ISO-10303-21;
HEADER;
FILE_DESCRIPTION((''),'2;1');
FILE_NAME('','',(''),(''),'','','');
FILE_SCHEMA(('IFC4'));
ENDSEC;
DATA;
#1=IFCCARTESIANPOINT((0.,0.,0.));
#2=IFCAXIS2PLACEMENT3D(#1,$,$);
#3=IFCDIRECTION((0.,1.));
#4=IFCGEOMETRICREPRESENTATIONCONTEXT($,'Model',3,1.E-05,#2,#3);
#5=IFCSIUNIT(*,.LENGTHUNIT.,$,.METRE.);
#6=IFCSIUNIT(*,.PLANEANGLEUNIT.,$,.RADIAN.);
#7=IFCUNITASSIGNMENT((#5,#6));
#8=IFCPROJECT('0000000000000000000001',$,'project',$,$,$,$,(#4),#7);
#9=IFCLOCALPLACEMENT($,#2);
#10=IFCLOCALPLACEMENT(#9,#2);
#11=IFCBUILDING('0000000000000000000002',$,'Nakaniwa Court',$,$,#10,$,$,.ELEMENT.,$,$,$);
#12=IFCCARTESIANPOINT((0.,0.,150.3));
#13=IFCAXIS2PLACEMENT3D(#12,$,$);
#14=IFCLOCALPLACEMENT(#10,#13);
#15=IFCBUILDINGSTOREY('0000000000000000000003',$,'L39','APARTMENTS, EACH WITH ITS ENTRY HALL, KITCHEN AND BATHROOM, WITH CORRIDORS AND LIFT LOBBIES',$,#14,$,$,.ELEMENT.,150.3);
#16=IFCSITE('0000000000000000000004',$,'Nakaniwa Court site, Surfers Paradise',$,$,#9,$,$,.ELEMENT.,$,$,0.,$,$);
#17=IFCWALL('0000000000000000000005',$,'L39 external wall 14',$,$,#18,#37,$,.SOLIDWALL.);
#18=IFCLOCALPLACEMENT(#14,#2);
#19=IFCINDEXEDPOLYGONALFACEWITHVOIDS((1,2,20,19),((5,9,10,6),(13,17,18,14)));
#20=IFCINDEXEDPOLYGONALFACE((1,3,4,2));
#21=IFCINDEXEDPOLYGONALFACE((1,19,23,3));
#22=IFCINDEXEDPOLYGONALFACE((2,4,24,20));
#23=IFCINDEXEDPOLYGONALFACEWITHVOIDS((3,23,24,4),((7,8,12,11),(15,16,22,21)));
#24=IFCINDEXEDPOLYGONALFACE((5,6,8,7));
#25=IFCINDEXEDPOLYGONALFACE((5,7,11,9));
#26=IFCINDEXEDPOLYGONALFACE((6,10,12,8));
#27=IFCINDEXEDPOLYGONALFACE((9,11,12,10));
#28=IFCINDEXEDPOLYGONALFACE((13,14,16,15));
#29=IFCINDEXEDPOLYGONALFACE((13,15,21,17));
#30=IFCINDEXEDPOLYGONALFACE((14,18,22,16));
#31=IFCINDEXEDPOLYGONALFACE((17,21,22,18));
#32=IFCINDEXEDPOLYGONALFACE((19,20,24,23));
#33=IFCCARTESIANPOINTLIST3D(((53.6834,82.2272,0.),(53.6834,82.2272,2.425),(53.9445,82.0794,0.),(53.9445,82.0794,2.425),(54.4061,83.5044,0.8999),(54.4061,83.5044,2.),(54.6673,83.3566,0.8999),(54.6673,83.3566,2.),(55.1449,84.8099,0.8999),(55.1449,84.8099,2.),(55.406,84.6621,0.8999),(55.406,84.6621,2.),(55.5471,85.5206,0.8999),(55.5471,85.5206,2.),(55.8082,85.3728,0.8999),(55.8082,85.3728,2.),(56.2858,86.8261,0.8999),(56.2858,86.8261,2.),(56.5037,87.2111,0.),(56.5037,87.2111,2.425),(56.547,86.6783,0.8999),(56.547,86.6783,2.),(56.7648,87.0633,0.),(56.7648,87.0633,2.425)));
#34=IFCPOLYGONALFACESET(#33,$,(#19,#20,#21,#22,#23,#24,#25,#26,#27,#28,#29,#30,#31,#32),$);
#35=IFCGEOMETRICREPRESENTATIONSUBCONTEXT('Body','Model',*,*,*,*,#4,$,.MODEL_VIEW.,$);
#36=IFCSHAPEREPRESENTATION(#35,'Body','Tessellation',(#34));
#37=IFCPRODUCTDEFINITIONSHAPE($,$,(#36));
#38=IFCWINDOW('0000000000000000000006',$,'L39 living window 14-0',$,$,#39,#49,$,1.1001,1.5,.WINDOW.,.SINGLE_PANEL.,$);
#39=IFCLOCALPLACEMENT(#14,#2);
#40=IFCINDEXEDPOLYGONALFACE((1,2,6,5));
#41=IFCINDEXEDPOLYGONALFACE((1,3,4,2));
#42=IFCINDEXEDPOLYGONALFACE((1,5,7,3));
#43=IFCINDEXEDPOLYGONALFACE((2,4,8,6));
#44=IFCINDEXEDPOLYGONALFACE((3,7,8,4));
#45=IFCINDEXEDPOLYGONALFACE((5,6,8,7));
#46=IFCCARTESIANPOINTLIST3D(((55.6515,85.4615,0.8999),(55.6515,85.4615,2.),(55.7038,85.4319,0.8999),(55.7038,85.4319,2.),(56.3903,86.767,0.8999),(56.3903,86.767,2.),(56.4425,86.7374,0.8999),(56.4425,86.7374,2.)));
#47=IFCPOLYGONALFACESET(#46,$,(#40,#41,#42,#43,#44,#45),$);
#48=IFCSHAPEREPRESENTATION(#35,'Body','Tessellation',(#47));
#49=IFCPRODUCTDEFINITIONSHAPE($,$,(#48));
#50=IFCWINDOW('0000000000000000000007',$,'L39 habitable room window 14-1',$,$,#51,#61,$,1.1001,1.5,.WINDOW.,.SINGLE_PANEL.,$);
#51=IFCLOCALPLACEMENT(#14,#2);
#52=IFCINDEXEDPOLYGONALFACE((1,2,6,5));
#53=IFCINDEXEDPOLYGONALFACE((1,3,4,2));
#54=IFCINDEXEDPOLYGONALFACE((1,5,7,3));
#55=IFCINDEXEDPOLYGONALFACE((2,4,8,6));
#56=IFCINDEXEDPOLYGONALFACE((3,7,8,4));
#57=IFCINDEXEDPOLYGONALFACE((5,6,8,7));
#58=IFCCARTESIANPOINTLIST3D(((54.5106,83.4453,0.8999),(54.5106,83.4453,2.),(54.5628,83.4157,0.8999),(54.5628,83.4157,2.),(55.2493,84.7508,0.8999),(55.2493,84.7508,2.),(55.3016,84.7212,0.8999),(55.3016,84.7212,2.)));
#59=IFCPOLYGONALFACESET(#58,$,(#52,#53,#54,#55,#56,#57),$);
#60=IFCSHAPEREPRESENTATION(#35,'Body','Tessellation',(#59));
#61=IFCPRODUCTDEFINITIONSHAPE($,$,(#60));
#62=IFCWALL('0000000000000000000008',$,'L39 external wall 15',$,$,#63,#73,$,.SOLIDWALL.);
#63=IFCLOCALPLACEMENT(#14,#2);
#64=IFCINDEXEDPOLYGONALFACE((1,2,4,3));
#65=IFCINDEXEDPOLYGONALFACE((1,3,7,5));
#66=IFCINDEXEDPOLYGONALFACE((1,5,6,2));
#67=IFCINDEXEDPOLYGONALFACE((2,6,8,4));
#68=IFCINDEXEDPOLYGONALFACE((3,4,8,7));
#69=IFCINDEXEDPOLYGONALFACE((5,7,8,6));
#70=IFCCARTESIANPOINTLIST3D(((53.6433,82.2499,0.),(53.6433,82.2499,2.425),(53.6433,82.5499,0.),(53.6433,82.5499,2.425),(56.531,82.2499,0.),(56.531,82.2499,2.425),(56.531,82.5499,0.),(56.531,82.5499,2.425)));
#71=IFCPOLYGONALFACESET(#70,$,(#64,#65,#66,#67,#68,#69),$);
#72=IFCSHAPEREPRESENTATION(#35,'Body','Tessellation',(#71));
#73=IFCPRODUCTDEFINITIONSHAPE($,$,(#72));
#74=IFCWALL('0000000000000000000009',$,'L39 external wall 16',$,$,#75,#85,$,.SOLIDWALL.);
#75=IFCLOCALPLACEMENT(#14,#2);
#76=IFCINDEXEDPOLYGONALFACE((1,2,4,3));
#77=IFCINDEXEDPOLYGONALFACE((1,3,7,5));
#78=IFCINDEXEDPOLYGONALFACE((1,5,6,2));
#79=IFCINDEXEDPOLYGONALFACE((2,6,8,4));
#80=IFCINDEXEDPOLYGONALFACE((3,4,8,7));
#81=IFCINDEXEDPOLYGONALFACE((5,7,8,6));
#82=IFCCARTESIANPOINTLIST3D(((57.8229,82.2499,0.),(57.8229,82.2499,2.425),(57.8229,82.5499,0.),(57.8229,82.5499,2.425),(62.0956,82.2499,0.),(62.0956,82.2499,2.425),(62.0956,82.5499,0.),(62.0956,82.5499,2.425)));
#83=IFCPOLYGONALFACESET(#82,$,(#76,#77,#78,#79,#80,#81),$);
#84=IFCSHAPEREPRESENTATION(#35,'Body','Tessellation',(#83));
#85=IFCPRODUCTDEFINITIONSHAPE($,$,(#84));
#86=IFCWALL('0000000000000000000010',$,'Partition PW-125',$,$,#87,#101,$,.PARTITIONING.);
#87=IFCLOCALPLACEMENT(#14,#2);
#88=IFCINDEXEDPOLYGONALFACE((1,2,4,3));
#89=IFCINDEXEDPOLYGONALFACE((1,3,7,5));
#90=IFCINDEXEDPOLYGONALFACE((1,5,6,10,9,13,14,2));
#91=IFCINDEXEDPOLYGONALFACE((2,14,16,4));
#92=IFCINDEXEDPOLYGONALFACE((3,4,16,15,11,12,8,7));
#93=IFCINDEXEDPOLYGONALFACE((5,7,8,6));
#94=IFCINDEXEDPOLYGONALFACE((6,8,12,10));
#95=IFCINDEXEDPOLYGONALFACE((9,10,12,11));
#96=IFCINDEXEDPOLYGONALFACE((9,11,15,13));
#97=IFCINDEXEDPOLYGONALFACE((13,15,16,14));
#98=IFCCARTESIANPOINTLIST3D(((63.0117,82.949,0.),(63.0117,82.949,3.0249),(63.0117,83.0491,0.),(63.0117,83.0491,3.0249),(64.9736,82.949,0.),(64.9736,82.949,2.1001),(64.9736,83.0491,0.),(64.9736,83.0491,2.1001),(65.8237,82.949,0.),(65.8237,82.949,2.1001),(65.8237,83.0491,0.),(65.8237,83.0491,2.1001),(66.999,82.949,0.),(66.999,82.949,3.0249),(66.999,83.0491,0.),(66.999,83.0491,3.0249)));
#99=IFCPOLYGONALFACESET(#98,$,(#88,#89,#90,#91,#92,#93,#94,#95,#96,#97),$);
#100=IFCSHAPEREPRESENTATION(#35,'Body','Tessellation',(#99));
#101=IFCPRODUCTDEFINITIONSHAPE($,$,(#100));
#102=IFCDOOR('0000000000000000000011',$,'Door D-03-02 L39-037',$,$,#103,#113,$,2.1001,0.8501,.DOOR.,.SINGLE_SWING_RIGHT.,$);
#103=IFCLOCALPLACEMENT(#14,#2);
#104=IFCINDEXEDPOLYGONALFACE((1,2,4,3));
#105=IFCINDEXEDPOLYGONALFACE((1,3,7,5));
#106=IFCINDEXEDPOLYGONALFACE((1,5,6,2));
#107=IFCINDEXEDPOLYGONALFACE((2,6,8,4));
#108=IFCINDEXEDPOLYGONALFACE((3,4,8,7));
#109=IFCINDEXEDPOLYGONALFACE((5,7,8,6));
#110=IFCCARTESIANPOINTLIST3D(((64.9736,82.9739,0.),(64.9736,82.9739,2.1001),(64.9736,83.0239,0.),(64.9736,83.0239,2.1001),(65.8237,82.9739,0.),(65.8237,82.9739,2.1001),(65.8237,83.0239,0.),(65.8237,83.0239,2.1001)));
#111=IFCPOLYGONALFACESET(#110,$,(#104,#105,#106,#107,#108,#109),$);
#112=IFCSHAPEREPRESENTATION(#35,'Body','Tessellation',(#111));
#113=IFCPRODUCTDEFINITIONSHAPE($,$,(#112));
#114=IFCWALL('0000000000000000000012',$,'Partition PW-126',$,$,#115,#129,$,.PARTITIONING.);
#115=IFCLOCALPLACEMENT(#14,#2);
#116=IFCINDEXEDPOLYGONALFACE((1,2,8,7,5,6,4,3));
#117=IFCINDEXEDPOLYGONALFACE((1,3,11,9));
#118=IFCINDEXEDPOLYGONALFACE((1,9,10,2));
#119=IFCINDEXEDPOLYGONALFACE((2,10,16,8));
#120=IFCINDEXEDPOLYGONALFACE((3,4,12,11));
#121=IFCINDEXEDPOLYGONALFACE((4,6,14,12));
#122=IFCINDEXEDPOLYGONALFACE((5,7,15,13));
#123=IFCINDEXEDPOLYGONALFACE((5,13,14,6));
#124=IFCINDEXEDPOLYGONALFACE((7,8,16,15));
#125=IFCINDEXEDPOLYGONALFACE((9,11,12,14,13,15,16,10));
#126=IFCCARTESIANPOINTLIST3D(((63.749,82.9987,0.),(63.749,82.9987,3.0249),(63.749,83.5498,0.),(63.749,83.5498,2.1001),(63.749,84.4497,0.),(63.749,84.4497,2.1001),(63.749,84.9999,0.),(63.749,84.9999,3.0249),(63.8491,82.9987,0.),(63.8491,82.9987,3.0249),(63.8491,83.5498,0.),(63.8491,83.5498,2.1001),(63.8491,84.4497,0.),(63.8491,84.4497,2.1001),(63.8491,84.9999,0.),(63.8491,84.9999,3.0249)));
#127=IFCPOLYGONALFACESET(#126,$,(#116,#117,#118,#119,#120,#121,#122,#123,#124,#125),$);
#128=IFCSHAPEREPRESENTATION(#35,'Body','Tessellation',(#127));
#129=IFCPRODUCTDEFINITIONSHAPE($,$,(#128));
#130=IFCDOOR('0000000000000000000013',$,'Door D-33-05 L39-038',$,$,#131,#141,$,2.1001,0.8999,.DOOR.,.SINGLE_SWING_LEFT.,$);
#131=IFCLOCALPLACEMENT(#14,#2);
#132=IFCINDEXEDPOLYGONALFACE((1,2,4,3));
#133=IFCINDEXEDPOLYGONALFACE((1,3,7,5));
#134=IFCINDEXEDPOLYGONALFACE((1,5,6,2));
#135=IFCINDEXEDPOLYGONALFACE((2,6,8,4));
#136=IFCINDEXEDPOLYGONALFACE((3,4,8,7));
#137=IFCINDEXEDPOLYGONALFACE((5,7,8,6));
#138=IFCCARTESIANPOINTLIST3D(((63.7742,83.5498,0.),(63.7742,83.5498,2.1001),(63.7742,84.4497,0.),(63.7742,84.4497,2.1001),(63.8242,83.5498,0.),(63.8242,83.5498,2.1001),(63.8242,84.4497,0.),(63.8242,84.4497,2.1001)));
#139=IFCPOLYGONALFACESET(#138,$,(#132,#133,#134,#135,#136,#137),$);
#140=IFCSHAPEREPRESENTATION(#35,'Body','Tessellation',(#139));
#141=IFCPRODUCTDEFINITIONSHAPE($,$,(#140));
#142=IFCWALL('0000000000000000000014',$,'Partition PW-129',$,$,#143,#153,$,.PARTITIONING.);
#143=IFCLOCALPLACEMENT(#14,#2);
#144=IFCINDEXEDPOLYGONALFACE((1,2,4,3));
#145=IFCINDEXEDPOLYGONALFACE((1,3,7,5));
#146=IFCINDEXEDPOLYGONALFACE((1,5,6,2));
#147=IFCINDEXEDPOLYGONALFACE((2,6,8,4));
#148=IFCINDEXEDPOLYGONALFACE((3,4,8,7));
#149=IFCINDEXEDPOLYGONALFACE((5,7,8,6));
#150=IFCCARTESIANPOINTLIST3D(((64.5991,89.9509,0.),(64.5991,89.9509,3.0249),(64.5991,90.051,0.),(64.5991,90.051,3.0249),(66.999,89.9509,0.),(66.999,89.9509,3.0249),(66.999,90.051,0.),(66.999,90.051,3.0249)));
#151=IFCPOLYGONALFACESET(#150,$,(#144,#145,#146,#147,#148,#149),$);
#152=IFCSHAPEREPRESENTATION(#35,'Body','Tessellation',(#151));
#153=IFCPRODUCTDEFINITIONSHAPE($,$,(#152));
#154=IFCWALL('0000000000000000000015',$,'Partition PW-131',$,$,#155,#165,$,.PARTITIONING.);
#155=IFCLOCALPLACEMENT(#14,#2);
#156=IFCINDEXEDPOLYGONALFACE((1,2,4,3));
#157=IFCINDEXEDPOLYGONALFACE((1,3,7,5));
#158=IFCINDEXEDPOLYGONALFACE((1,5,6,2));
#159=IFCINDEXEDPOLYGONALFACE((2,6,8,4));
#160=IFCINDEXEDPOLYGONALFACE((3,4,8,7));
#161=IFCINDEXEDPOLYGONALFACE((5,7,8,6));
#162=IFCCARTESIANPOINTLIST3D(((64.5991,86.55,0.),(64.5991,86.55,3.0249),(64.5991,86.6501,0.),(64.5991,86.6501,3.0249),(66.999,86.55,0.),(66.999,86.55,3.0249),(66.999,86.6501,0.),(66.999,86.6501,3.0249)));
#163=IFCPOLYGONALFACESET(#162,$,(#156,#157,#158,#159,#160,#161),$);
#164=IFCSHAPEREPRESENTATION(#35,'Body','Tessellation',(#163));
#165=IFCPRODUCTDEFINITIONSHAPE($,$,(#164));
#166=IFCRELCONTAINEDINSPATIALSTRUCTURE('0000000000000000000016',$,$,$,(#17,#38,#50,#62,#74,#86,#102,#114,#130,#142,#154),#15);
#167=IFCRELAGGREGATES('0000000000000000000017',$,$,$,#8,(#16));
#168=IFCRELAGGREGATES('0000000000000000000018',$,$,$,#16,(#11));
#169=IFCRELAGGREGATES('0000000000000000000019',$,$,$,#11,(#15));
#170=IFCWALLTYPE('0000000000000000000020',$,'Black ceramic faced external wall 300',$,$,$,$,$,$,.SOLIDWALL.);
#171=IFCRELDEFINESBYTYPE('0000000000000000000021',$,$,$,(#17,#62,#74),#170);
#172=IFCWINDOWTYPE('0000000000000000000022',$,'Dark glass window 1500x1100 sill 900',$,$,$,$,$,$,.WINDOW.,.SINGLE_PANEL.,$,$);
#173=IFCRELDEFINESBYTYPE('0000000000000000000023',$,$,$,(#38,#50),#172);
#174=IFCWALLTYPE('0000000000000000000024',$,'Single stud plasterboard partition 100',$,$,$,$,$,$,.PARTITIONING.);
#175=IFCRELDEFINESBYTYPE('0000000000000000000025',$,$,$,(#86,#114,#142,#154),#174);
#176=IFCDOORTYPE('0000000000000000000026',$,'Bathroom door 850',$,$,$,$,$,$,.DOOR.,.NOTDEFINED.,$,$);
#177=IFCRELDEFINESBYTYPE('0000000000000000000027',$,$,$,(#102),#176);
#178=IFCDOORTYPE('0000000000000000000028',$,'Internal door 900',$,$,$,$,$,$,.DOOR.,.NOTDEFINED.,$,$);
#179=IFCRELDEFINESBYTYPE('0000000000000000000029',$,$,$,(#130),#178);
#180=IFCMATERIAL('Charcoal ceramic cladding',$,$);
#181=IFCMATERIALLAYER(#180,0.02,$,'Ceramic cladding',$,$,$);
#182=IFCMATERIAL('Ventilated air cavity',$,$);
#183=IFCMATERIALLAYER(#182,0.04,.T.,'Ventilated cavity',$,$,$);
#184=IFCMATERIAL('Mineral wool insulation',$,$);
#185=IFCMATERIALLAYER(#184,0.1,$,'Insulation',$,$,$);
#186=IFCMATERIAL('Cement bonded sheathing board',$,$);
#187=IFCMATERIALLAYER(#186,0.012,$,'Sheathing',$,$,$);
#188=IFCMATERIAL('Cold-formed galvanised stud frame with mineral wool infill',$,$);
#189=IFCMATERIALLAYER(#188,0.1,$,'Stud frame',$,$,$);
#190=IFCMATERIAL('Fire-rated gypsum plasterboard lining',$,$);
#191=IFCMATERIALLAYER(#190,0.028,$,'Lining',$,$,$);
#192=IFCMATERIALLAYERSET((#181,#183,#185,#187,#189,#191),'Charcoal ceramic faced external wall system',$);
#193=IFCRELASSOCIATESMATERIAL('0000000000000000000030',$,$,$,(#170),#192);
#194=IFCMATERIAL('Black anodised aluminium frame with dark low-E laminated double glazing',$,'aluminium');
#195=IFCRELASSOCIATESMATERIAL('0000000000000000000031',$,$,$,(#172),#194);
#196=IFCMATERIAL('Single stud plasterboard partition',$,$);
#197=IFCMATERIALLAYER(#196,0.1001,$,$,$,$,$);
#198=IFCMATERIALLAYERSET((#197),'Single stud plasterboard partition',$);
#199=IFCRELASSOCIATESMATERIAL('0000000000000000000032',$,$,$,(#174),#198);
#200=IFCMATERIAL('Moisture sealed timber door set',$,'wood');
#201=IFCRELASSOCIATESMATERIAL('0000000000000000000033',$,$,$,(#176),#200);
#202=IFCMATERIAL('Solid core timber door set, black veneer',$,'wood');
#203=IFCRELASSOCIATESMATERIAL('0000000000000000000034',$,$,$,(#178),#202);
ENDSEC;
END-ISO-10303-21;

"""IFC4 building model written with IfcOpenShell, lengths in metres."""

from ifc_helpers import new_model, si_unit, direction, frame, frame_2d, origin, place, context, subcontext, project, spatial, rectangle, extrude, material, layer, layer_set, type_object, element, fill, save


model = new_model("IFC4")

# Units and contexts
model_context = context("Model", 3, precision=1e-05, world=origin(), true_north=direction((0.0, 1.0)))
body_context = subcontext(model_context, "Body", "Model", "MODEL_VIEW")
ifc_project = project(units=[si_unit("LENGTHUNIT", "METRE"), si_unit("PLANEANGLEUNIT", "RADIAN")], contexts=[model_context])

# Site, building, storey
site_placement = place(None, origin())
site = spatial("IfcSite", under=ifc_project, at=site_placement, Name="Nakaniwa Court site, Surfers Paradise", CompositionType="ELEMENT", RefElevation=0.0)
building_placement = place(site_placement, origin())
building = spatial("IfcBuilding", under=site, at=building_placement, Name="Nakaniwa Court", CompositionType="ELEMENT")
storey_placement = place(building_placement, frame((0.0, 0.0, 150.3)))
storey = spatial("IfcBuildingStorey", under=building, at=storey_placement, Name="L39", Description="APARTMENTS, EACH WITH ITS ENTRY HALL, KITCHEN AND BATHROOM, WITH CORRIDORS AND LIFT LOBBIES", CompositionType="ELEMENT", Elevation=150.3)

# Shared definitions
ifc_material_1 = material(Name="Solid core timber door set, black veneer", Category="wood")

# Shared definitions
ifc_material_2 = material(Name="Charcoal ceramic cladding")
ifc_layer_1 = layer(ifc_material_2, 0.02, Name="Ceramic cladding")
ifc_material_3 = material(Name="Ventilated air cavity")
ifc_layer_2 = layer(ifc_material_3, 0.04, ventilated=True, Name="Ventilated cavity")
ifc_material_4 = material(Name="Mineral wool insulation")
ifc_layer_3 = layer(ifc_material_4, 0.1, Name="Insulation")
ifc_material_5 = material(Name="Cement bonded sheathing board")
ifc_layer_4 = layer(ifc_material_5, 0.012, Name="Sheathing")
ifc_material_6 = material(Name="Cold-formed galvanised stud frame with mineral wool infill")
ifc_layer_5 = layer(ifc_material_6, 0.1, Name="Stud frame")
ifc_material_7 = material(Name="Fire-rated gypsum plasterboard lining")
ifc_layer_6 = layer(ifc_material_7, 0.028, Name="Lining")
ifc_layer_set_1 = layer_set([ifc_layer_1, ifc_layer_2, ifc_layer_3, ifc_layer_4, ifc_layer_5, ifc_layer_6], Name="Charcoal ceramic faced external wall system")
wall_type_1 = type_object("IfcWallType", Name="Black ceramic faced external wall 300", PredefinedType="SOLIDWALL", material=ifc_layer_set_1)

# Wall, openings, windows
wall_1_placement = place(storey_placement, frame((56.6343, 87.1372, 0.0), z_axis=(0.0, 0.0, 1.0), x_axis=(-0.492498, -0.870313, 0.0)))
wall_1 = element("IfcWall", 1, at=wall_1_placement, inside=storey, type_object=wall_type_1, Name="L39 external wall 14", PredefinedType="SOLIDWALL", context=body_context, shape_type="SweptSolid", body=[
    extrude(rectangle(XDim=5.7266, YDim=0.3, at=frame_2d((2.8633, 0.0))), origin(), (0.0, 0.0, 1.0), 2.425),
])
opening_1_placement = place(wall_1_placement, frame((0.4424, 0.0, 0.8999)))
opening_1 = element("IfcOpeningElement", 2, at=opening_1_placement, cuts=wall_1, PredefinedType="OPENING", context=body_context, shape_type="SweptSolid", body=[
    extrude(rectangle(XDim=1.5, YDim=1.1001, at=frame_2d((0.75, 0.55))), frame((0.0, 0.1599, 0.0), z_axis=(0.0, -1.0, 0.0), x_axis=(1.0, 0.0, 0.0)), (0.0, 0.0, 1.0), 0.3201),
])
opening_2_placement = place(wall_1_placement, frame((2.759, 0.0, 0.8999)))
opening_2 = element("IfcOpeningElement", 3, at=opening_2_placement, cuts=wall_1, PredefinedType="OPENING", context=body_context, shape_type="SweptSolid", body=[
    extrude(rectangle(XDim=1.5, YDim=1.1001, at=frame_2d((0.75, 0.55))), frame((0.0, 0.1599, 0.0), z_axis=(0.0, -1.0, 0.0), x_axis=(1.0, 0.0, 0.0)), (0.0, 0.0, 1.0), 0.3201),
])
ifc_material_8 = material(Name="Black anodised aluminium frame with dark low-E laminated double glazing", Category="aluminium")
window_type = type_object("IfcWindowType", Name="Dark glass window 1500x1100 sill 900", PartitioningType="SINGLE_PANEL", PredefinedType="WINDOW", material=ifc_material_8)
window_1_placement = place(opening_1_placement, origin())
window_1 = element("IfcWindow", 4, at=window_1_placement, inside=storey, type_object=window_type, Name="L39 living window 14-0", OverallHeight=1.1001, OverallWidth=1.5, PartitioningType="SINGLE_PANEL", PredefinedType="WINDOW", context=body_context, shape_type="SweptSolid", body=[
    extrude(rectangle(XDim=1.5, YDim=1.1001, at=frame_2d((0.75, 0.55))), frame((0.0, 0.03, 0.0), z_axis=(0.0, -1.0, 0.0), x_axis=(1.0, 0.0, 0.0)), (0.0, 0.0, 1.0), 0.0601),
])
fill(opening_1, window_1)
window_2_placement = place(opening_2_placement, origin())
window_2 = element("IfcWindow", 5, at=window_2_placement, inside=storey, type_object=window_type, Name="L39 habitable room window 14-1", OverallHeight=1.1001, OverallWidth=1.5, PartitioningType="SINGLE_PANEL", PredefinedType="WINDOW", context=body_context, shape_type="SweptSolid", body=[
    extrude(rectangle(XDim=1.5, YDim=1.1001, at=frame_2d((0.75, 0.55))), frame((0.0, 0.03, 0.0), z_axis=(0.0, -1.0, 0.0), x_axis=(1.0, 0.0, 0.0)), (0.0, 0.0, 1.0), 0.0601),
])
fill(opening_2, window_2)

# Walls
wall_2_placement = place(storey_placement, frame((53.6433, 82.3999, 0.0), z_axis=(0.0, 0.0, 1.0), x_axis=(1.0, 0.0, 0.0)))
element("IfcWall", 6, at=wall_2_placement, inside=storey, type_object=wall_type_1, Name="L39 external wall 15", PredefinedType="SOLIDWALL", context=body_context, shape_type="SweptSolid", body=[
    extrude(rectangle(XDim=2.8877, YDim=0.3, at=frame_2d((1.4438, 0.0))), origin(), (0.0, 0.0, 1.0), 2.425),
])
wall_3_placement = place(storey_placement, frame((57.823, 82.3999, 0.0), z_axis=(0.0, 0.0, 1.0), x_axis=(1.0, 0.0, 0.0)))
element("IfcWall", 7, at=wall_3_placement, inside=storey, type_object=wall_type_1, Name="L39 external wall 16", PredefinedType="SOLIDWALL", context=body_context, shape_type="SweptSolid", body=[
    extrude(rectangle(XDim=4.2727, YDim=0.3, at=frame_2d((2.1362, 0.0))), origin(), (0.0, 0.0, 1.0), 2.425),
])

# Walls, openings, doors
ifc_material_9 = material(Name="Single stud plasterboard partition")
ifc_layer_7 = layer(ifc_material_9, 0.1001)
ifc_layer_set_2 = layer_set([ifc_layer_7], Name="Single stud plasterboard partition")
wall_type_2 = type_object("IfcWallType", Name="Single stud plasterboard partition 100", PredefinedType="PARTITIONING", material=ifc_layer_set_2)
wall_4_placement = place(storey_placement, frame((63.0117, 82.999, 0.0), z_axis=(0.0, 0.0, 1.0), x_axis=(1.0, 0.0, 0.0)))
wall_4 = element("IfcWall", 8, at=wall_4_placement, inside=storey, type_object=wall_type_2, Name="Partition PW-125", PredefinedType="PARTITIONING", context=body_context, shape_type="SweptSolid", body=[
    extrude(rectangle(XDim=3.9873, YDim=0.1001, at=frame_2d((1.9937, 0.0))), origin(), (0.0, 0.0, 1.0), 3.0249),
])
opening_3_placement = place(wall_4_placement, frame((1.9619, 0.0, 0.0)))
opening_3 = element("IfcOpeningElement", 9, at=opening_3_placement, cuts=wall_4, PredefinedType="OPENING", context=body_context, shape_type="SweptSolid", body=[
    extrude(rectangle(XDim=0.8501, YDim=2.1001, at=frame_2d((0.425, 1.05))), frame((0.0, 0.0601, 0.0), z_axis=(0.0, -1.0, 0.0), x_axis=(1.0, 0.0, 0.0)), (0.0, 0.0, 1.0), 0.1201),
])
ifc_material_10 = material(Name="Moisture sealed timber door set", Category="wood")
door_type_1 = type_object("IfcDoorType", Name="Bathroom door 850", OperationType="NOTDEFINED", PredefinedType="DOOR", material=ifc_material_10)
door_1_placement = place(opening_3_placement, origin())
door_1 = element("IfcDoor", 10, at=door_1_placement, inside=storey, type_object=door_type_1, Name="Door D-03-02 L39-037", OperationType="SINGLE_SWING_RIGHT", OverallHeight=2.1001, OverallWidth=0.8501, PredefinedType="DOOR", context=body_context, shape_type="SweptSolid", body=[
    extrude(rectangle(XDim=0.8501, YDim=2.1001, at=frame_2d((0.425, 1.05))), frame((0.0, 0.0249, 0.0), z_axis=(0.0, -1.0, 0.0), x_axis=(1.0, 0.0, 0.0)), (0.0, 0.0, 1.0), 0.05),
])
fill(opening_3, door_1)
wall_5_placement = place(storey_placement, frame((63.7991, 82.9988, 0.0), z_axis=(0.0, 0.0, 1.0), x_axis=(0.0, 1.0, 0.0)))
wall_5 = element("IfcWall", 11, at=wall_5_placement, inside=storey, type_object=wall_type_2, Name="Partition PW-126", PredefinedType="PARTITIONING", context=body_context, shape_type="SweptSolid", body=[
    extrude(rectangle(XDim=2.0012, YDim=0.1001, at=frame_2d((1.0005, 0.0))), origin(), (0.0, 0.0, 1.0), 3.0249),
])
opening_4_placement = place(wall_5_placement, frame((0.551, 0.0, 0.0)))
opening_4 = element("IfcOpeningElement", 12, at=opening_4_placement, cuts=wall_5, PredefinedType="OPENING", context=body_context, shape_type="SweptSolid", body=[
    extrude(rectangle(XDim=0.8999, YDim=2.1001, at=frame_2d((0.45, 1.05))), frame((0.0, 0.0601, 0.0), z_axis=(0.0, -1.0, 0.0), x_axis=(1.0, 0.0, 0.0)), (0.0, 0.0, 1.0), 0.1201),
])
door_type_2 = type_object("IfcDoorType", Name="Internal door 900", OperationType="NOTDEFINED", PredefinedType="DOOR", material=ifc_material_1)
door_2_placement = place(opening_4_placement, origin())
door_2 = element("IfcDoor", 13, at=door_2_placement, inside=storey, type_object=door_type_2, Name="Door D-33-05 L39-038", OperationType="SINGLE_SWING_LEFT", OverallHeight=2.1001, OverallWidth=0.8999, PredefinedType="DOOR", context=body_context, shape_type="SweptSolid", body=[
    extrude(rectangle(XDim=0.8999, YDim=2.1001, at=frame_2d((0.45, 1.05))), frame((0.0, 0.0249, 0.0), z_axis=(0.0, -1.0, 0.0), x_axis=(1.0, 0.0, 0.0)), (0.0, 0.0, 1.0), 0.05),
])
fill(opening_4, door_2)

# Walls
for number, where, z_axis, x_axis, name in (
    (14, (64.5991, 90.001, 0.0), (0.0, 0.0, 1.0), (1.0, 0.0, 0.0), "Partition PW-129"),
    (15, (64.5991, 86.6001, 0.0), (0.0, 0.0, 1.0), (1.0, 0.0, 0.0), "Partition PW-131"),
):
    element("IfcWall", number, at=place(storey_placement, frame(where, z_axis=z_axis, x_axis=x_axis)), inside=storey, type_object=wall_type_2, Name=name, PredefinedType="PARTITIONING", context=body_context, shape_type="SweptSolid", body=[
        extrude(rectangle(XDim=2.3999, YDim=0.1001, at=frame_2d((1.2, 0.0))), origin(), (0.0, 0.0, 1.0), 3.0249),
    ])

save(model, "model.ifc")
